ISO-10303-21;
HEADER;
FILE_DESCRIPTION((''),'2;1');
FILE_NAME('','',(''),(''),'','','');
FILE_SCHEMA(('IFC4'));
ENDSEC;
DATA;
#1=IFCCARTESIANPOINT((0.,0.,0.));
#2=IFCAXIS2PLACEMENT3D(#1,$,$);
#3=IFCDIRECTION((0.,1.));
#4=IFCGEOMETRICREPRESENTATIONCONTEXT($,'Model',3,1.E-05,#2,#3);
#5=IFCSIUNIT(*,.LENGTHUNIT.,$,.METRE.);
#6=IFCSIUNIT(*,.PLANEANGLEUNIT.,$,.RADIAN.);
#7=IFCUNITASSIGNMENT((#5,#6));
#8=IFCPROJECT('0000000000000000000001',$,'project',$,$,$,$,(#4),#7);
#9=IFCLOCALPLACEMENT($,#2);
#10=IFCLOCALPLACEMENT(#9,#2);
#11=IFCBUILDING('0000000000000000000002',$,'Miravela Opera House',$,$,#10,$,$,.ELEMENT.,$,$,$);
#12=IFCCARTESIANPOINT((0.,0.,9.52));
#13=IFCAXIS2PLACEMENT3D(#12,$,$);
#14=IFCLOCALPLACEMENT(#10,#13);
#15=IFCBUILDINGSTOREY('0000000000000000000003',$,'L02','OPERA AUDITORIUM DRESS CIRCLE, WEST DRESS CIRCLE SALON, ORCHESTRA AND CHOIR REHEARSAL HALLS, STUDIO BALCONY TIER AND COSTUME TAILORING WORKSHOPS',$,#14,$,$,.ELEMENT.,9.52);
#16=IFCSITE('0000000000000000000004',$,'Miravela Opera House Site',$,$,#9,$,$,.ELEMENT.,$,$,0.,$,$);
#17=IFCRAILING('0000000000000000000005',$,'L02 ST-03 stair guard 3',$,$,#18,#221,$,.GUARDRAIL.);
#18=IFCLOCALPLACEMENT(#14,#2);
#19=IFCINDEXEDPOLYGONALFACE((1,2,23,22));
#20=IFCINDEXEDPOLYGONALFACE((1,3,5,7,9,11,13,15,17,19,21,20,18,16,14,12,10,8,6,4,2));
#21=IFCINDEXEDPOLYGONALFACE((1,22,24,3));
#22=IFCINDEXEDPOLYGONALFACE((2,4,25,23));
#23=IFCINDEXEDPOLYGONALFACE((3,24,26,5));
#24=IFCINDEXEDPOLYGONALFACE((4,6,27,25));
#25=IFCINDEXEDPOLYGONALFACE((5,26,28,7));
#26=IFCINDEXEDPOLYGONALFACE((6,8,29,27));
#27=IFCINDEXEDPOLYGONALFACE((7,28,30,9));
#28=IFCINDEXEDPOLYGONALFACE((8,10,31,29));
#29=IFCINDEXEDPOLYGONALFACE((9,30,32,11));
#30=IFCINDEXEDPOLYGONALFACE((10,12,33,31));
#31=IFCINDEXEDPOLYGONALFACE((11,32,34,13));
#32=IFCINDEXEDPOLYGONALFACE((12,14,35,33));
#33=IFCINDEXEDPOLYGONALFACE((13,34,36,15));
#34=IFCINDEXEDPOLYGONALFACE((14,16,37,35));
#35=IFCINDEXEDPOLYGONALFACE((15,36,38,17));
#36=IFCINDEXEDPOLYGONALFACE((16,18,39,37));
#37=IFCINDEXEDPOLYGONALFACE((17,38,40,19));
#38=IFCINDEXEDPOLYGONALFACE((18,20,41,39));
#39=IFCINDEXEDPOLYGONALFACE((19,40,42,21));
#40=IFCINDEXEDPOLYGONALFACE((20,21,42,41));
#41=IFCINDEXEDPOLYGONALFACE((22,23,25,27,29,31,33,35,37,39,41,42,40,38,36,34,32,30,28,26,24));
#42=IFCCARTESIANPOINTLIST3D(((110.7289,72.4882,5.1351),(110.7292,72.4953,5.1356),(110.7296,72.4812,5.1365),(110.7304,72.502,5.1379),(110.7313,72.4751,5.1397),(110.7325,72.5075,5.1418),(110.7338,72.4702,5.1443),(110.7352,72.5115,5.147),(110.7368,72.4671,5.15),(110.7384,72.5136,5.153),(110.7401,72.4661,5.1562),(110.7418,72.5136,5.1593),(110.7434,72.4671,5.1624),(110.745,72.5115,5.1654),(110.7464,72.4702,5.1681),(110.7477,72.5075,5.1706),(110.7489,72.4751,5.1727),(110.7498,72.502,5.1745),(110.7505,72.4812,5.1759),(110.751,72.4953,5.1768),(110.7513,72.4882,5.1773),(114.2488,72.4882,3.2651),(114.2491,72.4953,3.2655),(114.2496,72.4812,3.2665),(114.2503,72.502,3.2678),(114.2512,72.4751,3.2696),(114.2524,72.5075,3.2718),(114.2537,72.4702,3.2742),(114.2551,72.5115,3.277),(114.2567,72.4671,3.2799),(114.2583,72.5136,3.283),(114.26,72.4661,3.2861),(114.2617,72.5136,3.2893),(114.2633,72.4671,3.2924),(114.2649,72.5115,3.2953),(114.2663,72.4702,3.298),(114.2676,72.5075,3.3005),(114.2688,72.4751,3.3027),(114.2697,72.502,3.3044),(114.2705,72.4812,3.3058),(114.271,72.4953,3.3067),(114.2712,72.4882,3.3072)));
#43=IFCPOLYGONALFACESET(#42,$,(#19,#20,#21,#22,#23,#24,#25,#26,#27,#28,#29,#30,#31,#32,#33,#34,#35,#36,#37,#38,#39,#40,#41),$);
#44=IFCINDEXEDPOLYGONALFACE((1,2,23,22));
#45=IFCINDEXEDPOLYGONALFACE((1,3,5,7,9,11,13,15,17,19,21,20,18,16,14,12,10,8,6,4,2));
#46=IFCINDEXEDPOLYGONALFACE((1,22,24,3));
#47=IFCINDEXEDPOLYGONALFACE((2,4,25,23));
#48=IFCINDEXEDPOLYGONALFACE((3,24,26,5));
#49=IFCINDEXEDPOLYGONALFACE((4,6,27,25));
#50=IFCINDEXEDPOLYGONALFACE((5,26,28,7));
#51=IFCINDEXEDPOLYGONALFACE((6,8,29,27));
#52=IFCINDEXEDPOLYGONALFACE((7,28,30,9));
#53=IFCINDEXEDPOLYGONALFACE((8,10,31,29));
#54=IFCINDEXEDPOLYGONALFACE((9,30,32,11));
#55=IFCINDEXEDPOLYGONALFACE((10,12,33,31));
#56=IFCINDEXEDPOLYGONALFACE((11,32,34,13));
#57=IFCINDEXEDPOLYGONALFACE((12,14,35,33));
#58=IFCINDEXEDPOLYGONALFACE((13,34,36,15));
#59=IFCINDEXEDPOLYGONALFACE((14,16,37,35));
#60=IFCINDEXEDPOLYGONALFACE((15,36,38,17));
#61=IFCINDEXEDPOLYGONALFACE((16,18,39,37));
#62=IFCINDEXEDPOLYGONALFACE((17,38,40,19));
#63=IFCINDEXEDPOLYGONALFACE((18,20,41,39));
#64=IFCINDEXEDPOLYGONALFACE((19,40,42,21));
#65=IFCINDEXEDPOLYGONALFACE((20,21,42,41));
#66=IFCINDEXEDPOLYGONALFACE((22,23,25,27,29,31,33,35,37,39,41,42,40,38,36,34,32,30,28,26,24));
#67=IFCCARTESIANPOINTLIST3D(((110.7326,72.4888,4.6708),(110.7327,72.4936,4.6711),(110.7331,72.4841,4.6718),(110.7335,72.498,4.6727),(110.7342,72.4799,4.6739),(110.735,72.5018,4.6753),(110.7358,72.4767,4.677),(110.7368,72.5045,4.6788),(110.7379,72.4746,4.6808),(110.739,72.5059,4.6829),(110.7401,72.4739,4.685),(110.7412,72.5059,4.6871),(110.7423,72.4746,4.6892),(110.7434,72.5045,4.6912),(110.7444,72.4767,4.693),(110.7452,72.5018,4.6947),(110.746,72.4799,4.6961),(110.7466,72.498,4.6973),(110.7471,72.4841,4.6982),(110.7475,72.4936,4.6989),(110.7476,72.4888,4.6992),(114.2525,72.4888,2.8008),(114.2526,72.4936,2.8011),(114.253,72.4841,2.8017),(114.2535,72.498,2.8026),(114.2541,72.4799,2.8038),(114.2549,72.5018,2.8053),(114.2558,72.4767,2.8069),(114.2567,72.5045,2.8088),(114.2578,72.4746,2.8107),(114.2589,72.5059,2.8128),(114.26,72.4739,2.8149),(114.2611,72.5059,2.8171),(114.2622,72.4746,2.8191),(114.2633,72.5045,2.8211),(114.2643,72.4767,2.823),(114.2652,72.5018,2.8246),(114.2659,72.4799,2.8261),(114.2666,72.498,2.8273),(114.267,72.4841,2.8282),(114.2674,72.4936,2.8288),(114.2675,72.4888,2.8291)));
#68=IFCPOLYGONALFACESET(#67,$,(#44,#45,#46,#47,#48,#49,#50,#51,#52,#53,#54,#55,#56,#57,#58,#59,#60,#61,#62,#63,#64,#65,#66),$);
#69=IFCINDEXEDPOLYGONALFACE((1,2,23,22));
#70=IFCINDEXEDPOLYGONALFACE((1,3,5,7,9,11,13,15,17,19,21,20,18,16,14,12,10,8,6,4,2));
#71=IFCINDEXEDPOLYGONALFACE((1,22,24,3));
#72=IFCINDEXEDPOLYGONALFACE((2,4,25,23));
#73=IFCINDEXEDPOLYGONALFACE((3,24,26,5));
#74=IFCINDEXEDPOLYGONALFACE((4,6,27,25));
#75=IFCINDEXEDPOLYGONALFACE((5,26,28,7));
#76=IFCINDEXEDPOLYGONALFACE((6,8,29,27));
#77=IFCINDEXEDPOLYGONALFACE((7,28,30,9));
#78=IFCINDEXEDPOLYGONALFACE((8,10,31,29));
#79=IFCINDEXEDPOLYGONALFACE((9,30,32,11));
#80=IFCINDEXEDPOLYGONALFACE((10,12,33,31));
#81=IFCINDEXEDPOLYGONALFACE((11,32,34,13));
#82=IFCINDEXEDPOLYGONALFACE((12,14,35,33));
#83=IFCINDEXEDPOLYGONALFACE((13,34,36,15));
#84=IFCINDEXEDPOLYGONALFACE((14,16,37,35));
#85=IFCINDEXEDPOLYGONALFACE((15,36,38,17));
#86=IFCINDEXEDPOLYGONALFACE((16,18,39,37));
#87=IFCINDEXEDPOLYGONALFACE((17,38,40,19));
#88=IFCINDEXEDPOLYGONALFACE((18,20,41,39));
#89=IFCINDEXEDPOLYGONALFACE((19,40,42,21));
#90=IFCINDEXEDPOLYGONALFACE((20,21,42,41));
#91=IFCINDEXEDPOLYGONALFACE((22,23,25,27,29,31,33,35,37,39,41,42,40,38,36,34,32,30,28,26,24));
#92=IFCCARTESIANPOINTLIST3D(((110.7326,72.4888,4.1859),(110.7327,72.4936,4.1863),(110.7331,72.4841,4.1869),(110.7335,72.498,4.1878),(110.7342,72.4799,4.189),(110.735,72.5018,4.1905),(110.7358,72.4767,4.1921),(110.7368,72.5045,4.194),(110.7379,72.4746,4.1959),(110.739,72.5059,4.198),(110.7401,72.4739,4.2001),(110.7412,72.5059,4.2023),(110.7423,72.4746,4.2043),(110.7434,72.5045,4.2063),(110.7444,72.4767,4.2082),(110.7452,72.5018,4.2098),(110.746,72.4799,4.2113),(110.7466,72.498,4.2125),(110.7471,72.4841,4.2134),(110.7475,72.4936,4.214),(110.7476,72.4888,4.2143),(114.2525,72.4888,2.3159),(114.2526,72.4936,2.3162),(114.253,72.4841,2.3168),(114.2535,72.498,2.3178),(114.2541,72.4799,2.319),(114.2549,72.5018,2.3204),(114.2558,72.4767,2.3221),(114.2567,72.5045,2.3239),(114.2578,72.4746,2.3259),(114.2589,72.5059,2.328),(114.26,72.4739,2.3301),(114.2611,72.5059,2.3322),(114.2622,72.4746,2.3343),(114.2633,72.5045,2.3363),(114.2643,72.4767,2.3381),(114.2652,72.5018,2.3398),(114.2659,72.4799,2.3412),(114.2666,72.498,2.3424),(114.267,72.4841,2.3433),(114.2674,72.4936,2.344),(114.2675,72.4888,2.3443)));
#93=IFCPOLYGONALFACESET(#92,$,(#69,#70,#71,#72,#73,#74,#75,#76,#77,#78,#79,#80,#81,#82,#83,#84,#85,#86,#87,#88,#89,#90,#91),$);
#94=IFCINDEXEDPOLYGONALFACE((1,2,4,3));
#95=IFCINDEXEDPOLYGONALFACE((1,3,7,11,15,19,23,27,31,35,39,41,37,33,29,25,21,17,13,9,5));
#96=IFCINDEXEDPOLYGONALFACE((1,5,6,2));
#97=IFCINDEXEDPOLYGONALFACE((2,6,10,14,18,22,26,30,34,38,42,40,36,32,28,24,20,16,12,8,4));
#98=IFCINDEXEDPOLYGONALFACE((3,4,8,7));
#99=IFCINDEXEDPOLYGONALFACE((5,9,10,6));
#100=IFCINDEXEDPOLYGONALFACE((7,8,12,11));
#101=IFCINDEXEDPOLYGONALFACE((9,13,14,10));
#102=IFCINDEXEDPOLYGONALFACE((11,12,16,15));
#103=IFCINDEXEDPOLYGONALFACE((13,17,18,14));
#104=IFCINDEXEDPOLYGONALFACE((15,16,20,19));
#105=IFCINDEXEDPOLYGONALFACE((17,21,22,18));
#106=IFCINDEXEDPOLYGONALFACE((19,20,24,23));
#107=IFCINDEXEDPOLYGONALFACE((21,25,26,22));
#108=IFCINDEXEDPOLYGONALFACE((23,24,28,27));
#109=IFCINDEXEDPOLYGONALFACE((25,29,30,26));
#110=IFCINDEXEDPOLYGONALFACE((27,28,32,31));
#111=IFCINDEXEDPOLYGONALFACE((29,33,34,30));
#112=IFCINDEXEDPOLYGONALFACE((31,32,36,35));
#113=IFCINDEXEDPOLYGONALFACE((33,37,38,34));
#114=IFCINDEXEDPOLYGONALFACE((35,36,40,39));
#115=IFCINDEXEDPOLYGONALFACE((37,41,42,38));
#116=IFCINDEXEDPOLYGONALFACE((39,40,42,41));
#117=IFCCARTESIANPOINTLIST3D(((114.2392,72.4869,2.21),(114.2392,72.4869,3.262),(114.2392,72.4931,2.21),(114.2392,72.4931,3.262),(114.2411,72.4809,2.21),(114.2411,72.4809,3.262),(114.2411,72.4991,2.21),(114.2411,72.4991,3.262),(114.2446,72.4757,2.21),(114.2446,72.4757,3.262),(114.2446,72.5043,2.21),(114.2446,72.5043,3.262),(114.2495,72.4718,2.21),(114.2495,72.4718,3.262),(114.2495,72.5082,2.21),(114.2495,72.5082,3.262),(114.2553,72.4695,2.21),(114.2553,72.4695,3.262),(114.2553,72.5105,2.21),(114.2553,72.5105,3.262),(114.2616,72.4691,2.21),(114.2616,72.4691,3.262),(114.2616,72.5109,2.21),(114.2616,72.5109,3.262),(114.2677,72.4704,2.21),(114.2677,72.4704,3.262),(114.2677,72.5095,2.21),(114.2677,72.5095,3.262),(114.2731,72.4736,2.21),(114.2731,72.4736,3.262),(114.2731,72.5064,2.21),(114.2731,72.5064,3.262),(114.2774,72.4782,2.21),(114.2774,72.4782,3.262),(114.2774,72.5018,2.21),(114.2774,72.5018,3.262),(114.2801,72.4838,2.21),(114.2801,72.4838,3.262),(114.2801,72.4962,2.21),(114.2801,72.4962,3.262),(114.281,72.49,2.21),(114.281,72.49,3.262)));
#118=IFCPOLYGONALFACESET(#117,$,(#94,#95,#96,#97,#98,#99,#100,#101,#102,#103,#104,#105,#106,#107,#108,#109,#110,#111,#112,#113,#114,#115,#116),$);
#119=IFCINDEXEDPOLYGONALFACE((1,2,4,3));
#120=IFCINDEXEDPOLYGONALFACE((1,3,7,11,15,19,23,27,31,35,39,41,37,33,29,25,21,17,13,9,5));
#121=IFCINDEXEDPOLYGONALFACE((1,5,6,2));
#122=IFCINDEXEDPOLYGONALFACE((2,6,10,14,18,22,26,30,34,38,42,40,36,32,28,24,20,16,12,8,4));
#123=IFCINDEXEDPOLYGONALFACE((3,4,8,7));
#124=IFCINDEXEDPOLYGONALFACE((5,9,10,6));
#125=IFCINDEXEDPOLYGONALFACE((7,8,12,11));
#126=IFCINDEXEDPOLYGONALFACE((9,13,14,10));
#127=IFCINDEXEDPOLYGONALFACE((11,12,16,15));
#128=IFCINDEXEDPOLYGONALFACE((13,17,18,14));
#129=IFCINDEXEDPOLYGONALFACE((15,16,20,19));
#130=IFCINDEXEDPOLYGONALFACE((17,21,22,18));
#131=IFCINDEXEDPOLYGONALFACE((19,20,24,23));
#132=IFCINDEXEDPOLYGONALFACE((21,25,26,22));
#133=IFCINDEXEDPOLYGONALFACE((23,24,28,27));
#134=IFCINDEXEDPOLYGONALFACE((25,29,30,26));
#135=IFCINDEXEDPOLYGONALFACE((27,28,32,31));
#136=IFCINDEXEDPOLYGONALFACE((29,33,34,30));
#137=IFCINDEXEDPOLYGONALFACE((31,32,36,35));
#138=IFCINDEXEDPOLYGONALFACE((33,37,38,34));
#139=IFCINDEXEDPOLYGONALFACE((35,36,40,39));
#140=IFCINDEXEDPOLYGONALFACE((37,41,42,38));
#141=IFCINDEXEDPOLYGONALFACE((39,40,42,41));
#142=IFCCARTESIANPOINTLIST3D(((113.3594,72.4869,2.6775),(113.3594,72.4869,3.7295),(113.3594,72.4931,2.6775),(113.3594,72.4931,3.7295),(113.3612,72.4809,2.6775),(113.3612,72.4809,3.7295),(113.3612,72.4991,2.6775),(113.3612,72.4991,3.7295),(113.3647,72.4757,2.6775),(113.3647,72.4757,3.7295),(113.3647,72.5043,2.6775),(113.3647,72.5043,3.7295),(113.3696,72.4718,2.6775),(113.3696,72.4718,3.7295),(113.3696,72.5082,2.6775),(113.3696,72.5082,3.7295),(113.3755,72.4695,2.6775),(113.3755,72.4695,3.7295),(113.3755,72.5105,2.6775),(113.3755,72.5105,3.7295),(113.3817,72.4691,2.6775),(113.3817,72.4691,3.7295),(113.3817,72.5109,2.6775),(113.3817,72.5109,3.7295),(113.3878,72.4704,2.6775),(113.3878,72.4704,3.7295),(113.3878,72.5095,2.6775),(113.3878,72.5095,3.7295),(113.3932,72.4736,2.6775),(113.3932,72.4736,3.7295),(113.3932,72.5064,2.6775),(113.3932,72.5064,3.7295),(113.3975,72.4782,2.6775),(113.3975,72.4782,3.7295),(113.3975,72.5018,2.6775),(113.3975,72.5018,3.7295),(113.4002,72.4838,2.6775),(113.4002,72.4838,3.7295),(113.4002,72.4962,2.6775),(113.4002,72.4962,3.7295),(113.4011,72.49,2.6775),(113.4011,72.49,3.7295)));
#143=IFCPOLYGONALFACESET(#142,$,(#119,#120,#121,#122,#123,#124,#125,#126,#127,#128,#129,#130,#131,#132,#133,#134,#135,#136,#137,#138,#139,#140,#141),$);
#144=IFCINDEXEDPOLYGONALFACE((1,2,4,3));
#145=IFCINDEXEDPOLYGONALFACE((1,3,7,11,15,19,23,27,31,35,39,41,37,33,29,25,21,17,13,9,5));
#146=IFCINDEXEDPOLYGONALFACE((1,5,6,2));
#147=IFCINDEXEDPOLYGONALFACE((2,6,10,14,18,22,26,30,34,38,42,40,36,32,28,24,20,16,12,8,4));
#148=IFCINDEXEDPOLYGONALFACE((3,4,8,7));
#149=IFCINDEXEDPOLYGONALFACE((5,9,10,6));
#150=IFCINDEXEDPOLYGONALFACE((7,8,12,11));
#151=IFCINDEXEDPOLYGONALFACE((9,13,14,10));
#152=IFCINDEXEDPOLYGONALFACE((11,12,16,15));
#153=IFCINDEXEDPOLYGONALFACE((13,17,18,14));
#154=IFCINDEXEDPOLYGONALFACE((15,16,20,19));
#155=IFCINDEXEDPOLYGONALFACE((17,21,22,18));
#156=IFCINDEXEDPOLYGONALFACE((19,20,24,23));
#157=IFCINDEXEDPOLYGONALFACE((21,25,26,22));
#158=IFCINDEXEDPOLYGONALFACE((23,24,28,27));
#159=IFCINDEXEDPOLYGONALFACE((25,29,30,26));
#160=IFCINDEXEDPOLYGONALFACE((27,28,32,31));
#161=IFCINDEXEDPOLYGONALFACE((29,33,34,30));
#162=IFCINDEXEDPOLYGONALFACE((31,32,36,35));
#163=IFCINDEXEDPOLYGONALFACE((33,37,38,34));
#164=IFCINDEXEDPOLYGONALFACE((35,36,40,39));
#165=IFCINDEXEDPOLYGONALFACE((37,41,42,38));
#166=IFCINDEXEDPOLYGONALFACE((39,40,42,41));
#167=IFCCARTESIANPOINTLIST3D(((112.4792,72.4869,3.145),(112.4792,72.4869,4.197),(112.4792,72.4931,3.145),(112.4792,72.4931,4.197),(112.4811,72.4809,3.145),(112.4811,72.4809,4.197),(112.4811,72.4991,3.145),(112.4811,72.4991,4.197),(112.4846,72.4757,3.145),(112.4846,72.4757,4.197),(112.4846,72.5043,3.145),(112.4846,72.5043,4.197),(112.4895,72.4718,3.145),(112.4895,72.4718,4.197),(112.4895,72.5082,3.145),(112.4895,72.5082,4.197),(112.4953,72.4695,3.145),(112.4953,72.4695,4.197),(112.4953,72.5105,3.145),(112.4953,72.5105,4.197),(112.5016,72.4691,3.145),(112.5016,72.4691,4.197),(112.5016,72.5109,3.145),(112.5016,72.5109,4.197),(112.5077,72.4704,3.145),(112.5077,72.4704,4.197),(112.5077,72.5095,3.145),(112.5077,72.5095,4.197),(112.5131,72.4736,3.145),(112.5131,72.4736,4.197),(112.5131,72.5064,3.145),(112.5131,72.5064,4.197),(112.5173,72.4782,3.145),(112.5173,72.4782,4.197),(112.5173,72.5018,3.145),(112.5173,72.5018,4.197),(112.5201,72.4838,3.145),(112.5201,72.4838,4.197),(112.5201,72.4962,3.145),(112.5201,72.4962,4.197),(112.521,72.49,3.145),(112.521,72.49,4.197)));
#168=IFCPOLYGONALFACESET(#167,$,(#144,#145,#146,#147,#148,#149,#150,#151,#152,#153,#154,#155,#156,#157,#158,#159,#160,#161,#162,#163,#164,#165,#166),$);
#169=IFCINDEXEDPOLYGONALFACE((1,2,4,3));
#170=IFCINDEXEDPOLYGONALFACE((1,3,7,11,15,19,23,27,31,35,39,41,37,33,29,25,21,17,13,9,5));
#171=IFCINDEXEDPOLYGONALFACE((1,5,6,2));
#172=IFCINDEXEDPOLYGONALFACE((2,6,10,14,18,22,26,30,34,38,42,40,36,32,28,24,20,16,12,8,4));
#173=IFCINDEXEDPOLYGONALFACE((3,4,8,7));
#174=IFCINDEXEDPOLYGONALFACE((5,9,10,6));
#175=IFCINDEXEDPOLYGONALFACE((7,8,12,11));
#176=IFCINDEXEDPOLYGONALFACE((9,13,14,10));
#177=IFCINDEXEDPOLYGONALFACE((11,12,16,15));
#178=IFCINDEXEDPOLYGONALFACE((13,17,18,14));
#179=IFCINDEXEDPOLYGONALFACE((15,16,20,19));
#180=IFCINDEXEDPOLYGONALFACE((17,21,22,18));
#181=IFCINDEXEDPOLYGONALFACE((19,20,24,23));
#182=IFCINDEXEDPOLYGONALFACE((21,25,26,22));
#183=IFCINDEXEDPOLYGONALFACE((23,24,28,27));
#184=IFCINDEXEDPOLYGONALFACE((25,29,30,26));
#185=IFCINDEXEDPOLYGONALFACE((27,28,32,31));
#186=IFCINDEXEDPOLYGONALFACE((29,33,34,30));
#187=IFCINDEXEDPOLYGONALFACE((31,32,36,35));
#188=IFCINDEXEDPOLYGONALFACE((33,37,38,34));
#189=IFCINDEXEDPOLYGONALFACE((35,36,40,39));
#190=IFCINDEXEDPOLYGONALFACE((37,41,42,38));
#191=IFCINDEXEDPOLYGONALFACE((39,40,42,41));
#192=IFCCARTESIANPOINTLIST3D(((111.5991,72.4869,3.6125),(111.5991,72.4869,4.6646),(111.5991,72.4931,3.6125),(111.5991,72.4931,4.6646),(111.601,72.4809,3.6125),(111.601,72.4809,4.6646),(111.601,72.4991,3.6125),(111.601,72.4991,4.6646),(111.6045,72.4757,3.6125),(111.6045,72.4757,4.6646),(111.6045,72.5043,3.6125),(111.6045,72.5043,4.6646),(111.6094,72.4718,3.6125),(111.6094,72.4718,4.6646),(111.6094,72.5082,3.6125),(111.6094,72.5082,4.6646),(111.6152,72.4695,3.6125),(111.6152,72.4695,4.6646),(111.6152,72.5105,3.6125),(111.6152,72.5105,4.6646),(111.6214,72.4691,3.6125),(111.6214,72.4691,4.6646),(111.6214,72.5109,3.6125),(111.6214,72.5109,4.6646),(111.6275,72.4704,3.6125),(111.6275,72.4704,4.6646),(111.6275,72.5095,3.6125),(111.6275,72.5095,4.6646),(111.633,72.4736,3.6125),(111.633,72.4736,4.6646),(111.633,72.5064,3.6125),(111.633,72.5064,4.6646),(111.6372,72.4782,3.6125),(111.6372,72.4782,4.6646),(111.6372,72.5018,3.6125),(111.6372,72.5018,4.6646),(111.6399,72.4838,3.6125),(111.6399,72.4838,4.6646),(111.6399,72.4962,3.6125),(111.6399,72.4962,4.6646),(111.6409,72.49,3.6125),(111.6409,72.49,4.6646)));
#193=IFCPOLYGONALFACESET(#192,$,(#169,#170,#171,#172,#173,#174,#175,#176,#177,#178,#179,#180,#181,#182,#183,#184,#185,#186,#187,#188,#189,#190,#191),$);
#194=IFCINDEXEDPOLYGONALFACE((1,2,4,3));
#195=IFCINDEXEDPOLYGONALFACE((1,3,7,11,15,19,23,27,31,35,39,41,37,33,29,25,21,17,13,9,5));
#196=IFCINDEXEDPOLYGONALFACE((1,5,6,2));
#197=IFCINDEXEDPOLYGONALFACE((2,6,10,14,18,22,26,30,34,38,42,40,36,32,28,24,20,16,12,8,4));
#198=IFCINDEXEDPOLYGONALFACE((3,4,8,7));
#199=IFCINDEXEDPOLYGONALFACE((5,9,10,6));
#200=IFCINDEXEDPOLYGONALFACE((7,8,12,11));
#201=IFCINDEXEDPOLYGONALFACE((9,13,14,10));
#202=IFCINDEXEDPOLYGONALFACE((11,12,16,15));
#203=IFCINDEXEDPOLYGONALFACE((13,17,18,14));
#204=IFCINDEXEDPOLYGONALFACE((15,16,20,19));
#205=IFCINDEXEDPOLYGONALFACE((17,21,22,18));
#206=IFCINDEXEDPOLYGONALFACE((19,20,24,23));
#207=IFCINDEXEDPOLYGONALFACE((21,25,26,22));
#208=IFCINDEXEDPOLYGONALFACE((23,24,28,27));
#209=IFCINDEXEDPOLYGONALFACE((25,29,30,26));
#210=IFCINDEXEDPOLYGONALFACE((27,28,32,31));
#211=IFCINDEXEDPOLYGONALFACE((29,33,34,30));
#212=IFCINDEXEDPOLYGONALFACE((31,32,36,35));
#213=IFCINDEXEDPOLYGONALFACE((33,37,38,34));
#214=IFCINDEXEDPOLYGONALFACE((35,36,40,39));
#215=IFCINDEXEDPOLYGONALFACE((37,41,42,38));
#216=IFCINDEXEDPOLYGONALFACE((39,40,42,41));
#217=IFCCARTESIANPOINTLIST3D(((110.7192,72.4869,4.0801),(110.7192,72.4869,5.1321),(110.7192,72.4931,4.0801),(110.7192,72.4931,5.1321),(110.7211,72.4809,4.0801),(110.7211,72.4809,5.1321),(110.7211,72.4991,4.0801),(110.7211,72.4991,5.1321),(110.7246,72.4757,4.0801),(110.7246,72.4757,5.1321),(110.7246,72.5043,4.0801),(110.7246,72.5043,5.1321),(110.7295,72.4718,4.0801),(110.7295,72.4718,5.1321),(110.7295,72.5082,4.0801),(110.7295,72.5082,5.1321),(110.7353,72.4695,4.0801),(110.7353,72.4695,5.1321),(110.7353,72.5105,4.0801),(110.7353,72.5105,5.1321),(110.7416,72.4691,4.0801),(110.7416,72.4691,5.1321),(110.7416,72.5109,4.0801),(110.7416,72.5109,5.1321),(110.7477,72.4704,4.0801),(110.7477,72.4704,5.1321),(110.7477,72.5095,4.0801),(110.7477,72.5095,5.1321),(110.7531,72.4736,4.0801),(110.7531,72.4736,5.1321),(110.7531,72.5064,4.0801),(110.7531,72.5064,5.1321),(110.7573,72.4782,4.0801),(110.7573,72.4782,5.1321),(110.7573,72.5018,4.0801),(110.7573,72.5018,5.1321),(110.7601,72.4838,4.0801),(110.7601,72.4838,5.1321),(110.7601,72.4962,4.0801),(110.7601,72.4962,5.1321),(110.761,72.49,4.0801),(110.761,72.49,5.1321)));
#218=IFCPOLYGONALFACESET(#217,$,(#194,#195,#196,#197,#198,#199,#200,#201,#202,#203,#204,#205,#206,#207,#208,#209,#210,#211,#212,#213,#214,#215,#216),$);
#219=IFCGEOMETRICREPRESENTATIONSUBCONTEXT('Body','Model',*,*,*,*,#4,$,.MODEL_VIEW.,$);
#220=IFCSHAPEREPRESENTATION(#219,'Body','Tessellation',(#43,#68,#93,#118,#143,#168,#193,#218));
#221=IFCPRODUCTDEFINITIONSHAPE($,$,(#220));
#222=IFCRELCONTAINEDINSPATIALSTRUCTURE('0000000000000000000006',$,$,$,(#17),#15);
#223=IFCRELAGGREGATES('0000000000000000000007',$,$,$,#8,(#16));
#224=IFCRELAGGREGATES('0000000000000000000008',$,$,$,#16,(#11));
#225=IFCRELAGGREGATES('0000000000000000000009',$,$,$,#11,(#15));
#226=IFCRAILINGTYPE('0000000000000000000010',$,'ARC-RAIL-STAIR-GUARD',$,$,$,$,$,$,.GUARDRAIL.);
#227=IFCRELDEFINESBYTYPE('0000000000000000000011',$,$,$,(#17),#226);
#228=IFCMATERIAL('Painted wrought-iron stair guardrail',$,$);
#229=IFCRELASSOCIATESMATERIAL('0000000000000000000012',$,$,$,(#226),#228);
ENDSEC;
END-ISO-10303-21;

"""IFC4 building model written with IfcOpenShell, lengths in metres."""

from ifc_helpers import new_model, si_unit, direction, frame, origin, origin_2d, place, context, subcontext, project, spatial, circle, extrude, material, type_object, element, save


model = new_model("IFC4")

# Units and contexts
model_context = context("Model", 3, precision=1e-05, world=origin(), true_north=direction((0.0, 1.0)))
body_context = subcontext(model_context, "Body", "Model", "MODEL_VIEW")
ifc_project = project(units=[si_unit("LENGTHUNIT", "METRE"), si_unit("PLANEANGLEUNIT", "RADIAN")], contexts=[model_context])

# Site, building, storey
site_placement = place(None, origin())
site = spatial("IfcSite", under=ifc_project, at=site_placement, Name="Miravela Opera House Site", CompositionType="ELEMENT", RefElevation=0.0)
building_placement = place(site_placement, origin())
building = spatial("IfcBuilding", under=site, at=building_placement, Name="Miravela Opera House", CompositionType="ELEMENT")
storey_placement = place(building_placement, frame((0.0, 0.0, 9.52)))
storey = spatial("IfcBuildingStorey", under=building, at=storey_placement, Name="L02", Description="OPERA AUDITORIUM DRESS CIRCLE, WEST DRESS CIRCLE SALON, ORCHESTRA AND CHOIR REHEARSAL HALLS, STUDIO BALCONY TIER AND COSTUME TAILORING WORKSHOPS", CompositionType="ELEMENT", Elevation=9.52)

# Railing
ifc_material_1 = material(Name="Painted wrought-iron stair guardrail")
railing_type_1 = type_object("IfcRailingType", Name="ARC-RAIL-STAIR-GUARD", PredefinedType="GUARDRAIL", material=ifc_material_1)
railing_1_placement = place(storey_placement, frame((114.26, 72.49, 2.21)))
element("IfcRailing", 1, at=railing_1_placement, inside=storey, type_object=railing_type_1, Name="L02 ST-03 stair guard 3", PredefinedType="GUARDRAIL", context=body_context, shape_type="SweptSolid", body=[
    extrude(circle(Radius=0.0239, at=origin_2d()), frame((0.0, 0.0, 1.0762), z_axis=(-0.883105, 0.0, 0.469176), x_axis=(0.0, -1.0, 0.0)), (0.0, 0.0, 1.0), 3.9858),
    extrude(circle(Radius=0.0161, at=origin_2d()), frame((0.0, 0.0, 0.605), z_axis=(-0.883105, 0.0, 0.469176), x_axis=(0.0, -1.0, 0.0)), (0.0, 0.0, 1.0), 3.9858),
    extrude(circle(Radius=0.0161, at=origin_2d()), frame((0.0, 0.0, 0.1201), z_axis=(-0.883105, 0.0, 0.469176), x_axis=(0.0, -1.0, 0.0)), (0.0, 0.0, 1.0), 3.9858),
    extrude(circle(Radius=0.021, at=origin_2d()), origin(), (0.0, 0.0, 1.0), 1.052),
    extrude(circle(Radius=0.021, at=origin_2d()), frame((-0.8799, 0.0, 0.4675)), (0.0, 0.0, 1.0), 1.052),
    extrude(circle(Radius=0.021, at=origin_2d()), frame((-1.76, 0.0, 0.9351)), (0.0, 0.0, 1.0), 1.052),
    extrude(circle(Radius=0.021, at=origin_2d()), frame((-2.6401, 0.0, 1.4026)), (0.0, 0.0, 1.0), 1.052),
    extrude(circle(Radius=0.021, at=origin_2d()), frame((-3.52, 0.0, 1.8701)), (0.0, 0.0, 1.0), 1.052),
])

save(model, "model.ifc")
